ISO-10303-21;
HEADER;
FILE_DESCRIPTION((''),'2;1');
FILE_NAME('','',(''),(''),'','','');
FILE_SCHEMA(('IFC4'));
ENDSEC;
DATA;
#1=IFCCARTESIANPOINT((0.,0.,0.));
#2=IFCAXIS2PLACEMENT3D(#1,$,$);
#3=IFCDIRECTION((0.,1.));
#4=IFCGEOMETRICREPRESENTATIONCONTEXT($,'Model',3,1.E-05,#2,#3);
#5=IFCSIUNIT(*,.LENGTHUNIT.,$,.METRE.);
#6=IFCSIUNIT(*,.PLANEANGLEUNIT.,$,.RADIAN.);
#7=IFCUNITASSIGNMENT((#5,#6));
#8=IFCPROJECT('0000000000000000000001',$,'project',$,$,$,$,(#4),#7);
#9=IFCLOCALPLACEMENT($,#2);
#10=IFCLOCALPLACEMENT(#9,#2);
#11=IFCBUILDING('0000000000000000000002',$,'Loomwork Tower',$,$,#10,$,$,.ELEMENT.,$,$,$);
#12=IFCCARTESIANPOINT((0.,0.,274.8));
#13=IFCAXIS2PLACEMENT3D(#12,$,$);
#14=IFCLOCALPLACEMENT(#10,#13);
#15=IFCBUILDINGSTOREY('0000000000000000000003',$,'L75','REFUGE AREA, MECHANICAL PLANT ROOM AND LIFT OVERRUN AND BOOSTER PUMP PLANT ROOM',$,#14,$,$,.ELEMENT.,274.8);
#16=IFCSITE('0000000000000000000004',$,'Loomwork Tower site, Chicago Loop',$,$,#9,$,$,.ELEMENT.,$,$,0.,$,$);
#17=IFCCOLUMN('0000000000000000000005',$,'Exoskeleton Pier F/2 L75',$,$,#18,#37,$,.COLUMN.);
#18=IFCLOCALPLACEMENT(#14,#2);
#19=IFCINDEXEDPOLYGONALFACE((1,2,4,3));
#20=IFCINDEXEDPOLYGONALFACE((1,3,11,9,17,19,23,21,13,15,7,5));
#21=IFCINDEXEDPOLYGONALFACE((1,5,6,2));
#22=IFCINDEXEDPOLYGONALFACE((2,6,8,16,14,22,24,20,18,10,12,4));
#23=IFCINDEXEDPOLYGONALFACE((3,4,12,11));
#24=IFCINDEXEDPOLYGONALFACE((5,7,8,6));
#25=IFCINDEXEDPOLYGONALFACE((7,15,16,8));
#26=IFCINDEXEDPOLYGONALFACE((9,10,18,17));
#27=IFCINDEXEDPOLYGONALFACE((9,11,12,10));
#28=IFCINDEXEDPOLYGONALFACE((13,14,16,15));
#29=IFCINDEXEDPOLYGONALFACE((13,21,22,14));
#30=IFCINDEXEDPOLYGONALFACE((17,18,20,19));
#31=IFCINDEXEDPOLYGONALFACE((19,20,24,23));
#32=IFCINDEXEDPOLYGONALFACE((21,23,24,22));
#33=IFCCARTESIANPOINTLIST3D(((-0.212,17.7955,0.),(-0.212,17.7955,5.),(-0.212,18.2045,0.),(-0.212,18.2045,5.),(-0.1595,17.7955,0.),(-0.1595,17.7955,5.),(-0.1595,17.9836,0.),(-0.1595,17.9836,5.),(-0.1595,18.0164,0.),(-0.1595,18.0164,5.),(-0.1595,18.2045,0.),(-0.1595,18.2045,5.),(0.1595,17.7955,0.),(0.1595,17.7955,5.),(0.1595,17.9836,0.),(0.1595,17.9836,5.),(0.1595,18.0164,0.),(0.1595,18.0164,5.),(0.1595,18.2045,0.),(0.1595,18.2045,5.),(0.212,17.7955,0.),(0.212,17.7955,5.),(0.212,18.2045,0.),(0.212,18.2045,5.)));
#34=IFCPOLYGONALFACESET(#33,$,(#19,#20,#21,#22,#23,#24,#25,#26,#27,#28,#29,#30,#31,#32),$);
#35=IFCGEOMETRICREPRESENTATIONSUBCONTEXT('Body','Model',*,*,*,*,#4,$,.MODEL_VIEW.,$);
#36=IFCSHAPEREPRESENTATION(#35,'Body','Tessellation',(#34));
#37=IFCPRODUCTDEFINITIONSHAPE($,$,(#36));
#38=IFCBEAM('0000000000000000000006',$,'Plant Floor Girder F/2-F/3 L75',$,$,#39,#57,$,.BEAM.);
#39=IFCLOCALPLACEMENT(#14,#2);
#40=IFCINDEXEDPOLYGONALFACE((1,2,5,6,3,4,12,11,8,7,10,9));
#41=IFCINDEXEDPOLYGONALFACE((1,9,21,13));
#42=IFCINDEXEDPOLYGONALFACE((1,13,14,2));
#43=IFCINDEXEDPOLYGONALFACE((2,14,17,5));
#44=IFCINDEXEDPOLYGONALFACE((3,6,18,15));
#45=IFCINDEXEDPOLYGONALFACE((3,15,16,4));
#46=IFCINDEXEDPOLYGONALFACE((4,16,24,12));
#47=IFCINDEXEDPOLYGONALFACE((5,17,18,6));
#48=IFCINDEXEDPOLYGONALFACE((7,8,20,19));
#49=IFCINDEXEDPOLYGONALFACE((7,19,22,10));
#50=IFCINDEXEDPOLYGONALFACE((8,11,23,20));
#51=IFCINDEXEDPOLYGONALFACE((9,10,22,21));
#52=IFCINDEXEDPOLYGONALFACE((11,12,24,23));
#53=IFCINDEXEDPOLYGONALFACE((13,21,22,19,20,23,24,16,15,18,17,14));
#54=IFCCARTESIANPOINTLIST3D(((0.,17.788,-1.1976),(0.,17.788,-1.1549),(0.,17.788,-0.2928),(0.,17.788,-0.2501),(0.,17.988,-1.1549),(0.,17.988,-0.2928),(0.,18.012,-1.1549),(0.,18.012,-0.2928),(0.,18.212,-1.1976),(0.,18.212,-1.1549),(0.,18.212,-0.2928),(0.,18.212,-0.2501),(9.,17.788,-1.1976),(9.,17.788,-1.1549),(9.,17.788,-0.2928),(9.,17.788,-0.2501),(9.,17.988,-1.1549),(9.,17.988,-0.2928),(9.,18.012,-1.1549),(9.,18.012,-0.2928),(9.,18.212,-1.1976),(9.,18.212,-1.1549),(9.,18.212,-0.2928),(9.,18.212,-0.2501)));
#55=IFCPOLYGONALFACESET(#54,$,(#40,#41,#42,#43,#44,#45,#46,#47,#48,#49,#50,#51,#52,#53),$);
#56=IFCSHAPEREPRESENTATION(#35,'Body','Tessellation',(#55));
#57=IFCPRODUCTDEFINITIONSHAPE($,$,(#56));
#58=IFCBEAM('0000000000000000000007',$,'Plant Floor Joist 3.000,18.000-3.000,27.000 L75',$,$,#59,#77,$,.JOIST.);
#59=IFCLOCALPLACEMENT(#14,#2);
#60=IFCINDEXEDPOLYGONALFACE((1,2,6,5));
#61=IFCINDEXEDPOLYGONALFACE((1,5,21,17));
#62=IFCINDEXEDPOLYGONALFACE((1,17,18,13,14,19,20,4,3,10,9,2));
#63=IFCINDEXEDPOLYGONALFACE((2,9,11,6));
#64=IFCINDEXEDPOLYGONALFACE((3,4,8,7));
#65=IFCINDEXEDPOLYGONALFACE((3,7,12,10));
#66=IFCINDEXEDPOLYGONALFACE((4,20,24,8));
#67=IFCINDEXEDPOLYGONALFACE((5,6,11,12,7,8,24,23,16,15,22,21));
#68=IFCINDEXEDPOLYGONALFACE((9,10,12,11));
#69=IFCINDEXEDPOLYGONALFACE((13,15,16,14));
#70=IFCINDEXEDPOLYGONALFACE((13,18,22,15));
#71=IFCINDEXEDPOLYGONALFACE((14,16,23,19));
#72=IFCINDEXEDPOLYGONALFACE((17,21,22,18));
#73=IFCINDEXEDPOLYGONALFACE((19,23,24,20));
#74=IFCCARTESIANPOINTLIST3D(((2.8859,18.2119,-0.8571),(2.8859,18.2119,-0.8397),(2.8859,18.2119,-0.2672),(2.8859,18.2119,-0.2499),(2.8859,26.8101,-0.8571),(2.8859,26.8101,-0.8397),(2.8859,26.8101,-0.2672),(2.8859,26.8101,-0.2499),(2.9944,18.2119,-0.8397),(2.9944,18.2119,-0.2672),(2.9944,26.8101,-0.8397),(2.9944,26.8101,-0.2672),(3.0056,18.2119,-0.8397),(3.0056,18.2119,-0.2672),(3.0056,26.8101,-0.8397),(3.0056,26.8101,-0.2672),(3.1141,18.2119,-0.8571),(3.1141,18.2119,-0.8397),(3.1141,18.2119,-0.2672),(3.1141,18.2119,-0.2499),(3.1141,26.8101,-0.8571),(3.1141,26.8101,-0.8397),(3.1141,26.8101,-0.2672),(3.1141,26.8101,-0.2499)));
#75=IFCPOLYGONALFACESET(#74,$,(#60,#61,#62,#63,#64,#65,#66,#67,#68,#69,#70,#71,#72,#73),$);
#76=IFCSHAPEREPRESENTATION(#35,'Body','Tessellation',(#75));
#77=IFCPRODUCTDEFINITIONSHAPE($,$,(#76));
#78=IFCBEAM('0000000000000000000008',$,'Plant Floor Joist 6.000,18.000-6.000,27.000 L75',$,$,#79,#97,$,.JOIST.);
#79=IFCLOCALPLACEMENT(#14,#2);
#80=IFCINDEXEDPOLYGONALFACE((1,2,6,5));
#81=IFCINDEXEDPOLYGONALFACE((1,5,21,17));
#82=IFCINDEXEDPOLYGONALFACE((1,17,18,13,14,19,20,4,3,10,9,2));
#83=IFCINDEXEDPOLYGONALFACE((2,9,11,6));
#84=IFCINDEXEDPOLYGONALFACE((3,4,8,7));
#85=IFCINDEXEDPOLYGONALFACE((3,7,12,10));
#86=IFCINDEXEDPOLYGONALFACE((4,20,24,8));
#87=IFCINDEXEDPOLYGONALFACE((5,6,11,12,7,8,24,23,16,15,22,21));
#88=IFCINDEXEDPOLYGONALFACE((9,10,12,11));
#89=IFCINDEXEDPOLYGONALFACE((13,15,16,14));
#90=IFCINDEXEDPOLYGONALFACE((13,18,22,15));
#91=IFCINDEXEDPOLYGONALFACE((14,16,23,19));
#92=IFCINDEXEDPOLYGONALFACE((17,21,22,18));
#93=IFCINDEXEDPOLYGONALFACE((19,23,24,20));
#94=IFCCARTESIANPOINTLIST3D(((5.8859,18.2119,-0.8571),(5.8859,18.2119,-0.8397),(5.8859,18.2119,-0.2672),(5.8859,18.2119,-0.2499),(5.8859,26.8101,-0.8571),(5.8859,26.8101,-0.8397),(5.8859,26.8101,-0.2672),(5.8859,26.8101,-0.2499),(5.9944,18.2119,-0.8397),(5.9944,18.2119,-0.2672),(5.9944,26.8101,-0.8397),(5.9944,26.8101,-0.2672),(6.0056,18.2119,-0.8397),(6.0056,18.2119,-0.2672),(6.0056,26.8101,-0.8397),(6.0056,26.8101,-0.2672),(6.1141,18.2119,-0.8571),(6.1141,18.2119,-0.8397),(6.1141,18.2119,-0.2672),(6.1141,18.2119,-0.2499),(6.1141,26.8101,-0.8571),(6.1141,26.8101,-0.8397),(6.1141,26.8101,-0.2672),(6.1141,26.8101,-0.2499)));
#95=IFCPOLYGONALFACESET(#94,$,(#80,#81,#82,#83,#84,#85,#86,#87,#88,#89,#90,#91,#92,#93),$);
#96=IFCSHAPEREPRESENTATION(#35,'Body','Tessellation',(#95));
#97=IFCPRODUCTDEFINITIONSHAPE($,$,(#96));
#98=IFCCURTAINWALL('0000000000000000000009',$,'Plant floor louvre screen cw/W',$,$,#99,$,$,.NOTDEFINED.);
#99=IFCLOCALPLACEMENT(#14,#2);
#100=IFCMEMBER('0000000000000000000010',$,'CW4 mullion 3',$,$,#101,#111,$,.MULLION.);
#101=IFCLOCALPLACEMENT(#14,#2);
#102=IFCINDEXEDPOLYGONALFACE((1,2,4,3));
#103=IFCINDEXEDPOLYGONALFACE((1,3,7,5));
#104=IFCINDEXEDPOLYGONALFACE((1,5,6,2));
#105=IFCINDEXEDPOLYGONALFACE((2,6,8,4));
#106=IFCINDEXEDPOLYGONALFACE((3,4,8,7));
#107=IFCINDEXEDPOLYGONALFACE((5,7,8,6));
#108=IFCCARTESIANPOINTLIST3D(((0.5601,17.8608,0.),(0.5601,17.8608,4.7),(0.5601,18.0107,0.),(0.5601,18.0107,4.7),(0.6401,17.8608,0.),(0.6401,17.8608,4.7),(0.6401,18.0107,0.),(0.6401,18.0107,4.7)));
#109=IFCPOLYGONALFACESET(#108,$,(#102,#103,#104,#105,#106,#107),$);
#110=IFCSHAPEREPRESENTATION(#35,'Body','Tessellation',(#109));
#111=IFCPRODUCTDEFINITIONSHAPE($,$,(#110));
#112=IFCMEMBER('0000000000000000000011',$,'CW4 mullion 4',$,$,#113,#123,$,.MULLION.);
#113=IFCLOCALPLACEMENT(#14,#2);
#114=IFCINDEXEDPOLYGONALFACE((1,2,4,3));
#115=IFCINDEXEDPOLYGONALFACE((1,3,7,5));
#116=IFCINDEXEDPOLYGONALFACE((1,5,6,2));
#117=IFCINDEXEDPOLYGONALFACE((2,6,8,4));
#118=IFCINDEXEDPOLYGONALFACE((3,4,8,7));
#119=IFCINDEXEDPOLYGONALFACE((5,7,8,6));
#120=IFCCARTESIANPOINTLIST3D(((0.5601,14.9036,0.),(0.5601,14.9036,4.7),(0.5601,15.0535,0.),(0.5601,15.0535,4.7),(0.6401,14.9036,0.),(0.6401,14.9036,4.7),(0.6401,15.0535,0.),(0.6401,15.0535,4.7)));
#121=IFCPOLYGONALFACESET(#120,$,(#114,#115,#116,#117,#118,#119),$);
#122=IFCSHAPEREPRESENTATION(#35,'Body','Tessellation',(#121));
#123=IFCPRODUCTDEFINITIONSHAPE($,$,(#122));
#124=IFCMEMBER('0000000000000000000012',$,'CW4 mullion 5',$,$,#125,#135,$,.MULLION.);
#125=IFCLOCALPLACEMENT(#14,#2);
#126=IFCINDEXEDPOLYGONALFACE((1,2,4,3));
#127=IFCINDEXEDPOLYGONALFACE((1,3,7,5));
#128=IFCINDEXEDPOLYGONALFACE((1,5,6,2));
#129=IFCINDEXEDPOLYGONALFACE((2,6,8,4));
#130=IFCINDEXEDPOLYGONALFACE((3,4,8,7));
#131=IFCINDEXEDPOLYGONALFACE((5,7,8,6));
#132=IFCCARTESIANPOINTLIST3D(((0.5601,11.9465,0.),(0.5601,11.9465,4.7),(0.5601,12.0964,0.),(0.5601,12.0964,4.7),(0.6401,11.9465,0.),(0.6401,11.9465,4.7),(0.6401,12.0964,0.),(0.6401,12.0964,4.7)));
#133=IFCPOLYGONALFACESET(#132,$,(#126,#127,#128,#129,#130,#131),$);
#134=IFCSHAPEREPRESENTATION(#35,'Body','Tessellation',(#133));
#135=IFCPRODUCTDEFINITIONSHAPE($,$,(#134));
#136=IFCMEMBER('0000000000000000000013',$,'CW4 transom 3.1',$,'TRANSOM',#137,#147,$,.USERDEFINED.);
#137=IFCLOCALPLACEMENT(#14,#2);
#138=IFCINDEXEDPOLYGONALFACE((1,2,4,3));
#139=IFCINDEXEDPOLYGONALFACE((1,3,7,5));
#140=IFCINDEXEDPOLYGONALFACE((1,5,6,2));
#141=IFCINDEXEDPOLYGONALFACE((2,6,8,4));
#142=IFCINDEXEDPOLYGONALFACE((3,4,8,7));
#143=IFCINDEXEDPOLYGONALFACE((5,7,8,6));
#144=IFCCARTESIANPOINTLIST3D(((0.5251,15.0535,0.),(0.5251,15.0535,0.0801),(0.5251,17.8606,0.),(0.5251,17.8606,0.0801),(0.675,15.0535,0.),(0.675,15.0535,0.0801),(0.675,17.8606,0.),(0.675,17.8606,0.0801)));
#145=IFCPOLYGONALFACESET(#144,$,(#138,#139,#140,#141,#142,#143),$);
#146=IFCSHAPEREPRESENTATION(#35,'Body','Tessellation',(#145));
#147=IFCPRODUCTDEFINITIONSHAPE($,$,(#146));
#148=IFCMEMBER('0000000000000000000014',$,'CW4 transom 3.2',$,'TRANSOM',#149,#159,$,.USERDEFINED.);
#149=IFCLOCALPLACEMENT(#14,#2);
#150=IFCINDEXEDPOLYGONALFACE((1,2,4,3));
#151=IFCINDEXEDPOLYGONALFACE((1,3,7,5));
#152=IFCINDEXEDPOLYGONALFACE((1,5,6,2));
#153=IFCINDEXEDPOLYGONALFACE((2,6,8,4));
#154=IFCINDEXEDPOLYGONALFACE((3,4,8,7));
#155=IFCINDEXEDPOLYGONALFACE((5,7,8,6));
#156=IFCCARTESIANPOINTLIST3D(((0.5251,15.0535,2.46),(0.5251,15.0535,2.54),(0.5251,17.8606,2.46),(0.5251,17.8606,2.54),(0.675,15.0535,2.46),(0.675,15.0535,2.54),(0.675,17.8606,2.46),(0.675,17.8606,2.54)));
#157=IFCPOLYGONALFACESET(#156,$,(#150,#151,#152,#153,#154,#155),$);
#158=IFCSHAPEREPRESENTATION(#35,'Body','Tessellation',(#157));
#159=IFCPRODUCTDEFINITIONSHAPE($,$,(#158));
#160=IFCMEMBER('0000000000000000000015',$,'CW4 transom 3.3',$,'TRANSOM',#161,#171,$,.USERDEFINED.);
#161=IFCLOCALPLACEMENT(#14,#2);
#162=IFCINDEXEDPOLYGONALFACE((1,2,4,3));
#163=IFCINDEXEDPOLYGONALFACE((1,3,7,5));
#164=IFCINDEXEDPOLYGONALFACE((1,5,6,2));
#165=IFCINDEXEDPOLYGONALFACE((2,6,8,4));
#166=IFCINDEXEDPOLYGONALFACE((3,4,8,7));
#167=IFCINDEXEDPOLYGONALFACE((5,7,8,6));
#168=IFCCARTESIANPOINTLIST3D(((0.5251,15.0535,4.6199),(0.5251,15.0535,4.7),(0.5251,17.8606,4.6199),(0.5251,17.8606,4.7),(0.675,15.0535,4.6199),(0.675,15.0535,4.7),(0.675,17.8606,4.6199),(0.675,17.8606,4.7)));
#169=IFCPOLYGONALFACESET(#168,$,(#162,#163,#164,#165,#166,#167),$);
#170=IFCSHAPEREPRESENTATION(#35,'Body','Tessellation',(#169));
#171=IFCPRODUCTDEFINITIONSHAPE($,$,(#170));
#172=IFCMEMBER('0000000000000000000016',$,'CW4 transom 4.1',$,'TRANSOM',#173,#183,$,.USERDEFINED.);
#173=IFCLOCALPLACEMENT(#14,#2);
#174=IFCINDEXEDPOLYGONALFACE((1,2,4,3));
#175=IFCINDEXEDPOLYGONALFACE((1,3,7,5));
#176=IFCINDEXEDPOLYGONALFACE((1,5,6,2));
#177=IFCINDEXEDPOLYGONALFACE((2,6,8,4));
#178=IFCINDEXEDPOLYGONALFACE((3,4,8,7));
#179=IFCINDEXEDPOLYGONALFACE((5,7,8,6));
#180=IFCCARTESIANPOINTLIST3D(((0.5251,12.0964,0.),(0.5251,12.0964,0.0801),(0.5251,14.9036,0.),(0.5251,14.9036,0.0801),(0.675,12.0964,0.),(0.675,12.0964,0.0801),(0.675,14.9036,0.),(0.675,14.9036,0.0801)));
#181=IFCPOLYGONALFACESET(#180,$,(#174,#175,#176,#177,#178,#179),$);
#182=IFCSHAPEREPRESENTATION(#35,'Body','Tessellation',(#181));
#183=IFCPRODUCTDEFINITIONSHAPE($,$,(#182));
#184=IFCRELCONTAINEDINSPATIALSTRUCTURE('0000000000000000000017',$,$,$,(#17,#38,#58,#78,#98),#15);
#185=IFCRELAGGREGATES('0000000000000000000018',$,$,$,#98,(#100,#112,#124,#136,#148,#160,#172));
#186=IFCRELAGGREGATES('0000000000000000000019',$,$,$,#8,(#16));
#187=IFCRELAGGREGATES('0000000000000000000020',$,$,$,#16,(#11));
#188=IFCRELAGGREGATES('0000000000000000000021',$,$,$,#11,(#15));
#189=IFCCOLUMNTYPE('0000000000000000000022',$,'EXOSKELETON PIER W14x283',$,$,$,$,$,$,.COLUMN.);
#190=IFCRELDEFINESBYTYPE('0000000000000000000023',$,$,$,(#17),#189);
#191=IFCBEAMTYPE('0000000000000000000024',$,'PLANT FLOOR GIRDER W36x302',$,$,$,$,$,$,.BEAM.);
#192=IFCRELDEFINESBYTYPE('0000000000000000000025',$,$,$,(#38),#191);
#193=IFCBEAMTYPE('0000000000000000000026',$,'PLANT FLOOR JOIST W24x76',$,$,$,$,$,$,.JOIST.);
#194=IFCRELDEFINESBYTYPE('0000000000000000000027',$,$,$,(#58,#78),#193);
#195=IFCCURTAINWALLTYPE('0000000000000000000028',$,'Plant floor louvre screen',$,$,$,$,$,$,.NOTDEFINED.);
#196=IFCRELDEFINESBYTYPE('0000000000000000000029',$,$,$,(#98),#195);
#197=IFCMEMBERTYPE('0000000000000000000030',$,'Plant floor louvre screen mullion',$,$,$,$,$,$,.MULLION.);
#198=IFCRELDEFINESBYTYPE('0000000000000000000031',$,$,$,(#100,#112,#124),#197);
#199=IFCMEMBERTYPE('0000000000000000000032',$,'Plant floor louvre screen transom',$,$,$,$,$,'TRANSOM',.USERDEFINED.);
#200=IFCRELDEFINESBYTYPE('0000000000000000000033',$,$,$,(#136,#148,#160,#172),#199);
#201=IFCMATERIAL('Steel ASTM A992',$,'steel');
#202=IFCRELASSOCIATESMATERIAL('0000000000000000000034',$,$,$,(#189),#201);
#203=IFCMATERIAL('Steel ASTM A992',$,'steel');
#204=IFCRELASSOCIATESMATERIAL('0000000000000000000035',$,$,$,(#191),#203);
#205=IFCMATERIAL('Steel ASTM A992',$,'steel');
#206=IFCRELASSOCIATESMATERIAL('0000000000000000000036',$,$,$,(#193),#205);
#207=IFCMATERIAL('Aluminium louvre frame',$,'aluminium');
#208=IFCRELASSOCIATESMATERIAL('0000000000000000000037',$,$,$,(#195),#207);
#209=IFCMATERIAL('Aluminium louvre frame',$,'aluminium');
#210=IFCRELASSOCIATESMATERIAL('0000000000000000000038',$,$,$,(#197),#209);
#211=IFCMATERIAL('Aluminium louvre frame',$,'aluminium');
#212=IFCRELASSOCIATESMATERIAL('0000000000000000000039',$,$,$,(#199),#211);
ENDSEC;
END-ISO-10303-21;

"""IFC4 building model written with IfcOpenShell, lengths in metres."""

from ifc_helpers import new_model, si_unit, direction, frame, origin, origin_2d, place, context, subcontext, project, spatial, rectangle, i_section, extrude, material, material_profile, profile_set, type_object, element, aggregate, save


model = new_model("IFC4")

# Units and contexts
model_context = context("Model", 3, precision=1e-05, world=origin(), true_north=direction((0.0, 1.0)))
body_context = subcontext(model_context, "Body", "Model", "MODEL_VIEW")
ifc_project = project(units=[si_unit("LENGTHUNIT", "METRE"), si_unit("PLANEANGLEUNIT", "RADIAN")], contexts=[model_context])

# Site, building, storey
site_placement = place(None, origin())
site = spatial("IfcSite", under=ifc_project, at=site_placement, Name="Loomwork Tower site, Chicago Loop", CompositionType="ELEMENT", RefElevation=0.0)
building_placement = place(site_placement, origin())
building = spatial("IfcBuilding", under=site, at=building_placement, Name="Loomwork Tower", CompositionType="ELEMENT")
storey_placement = place(building_placement, frame((0.0, 0.0, 274.8)))
storey = spatial("IfcBuildingStorey", under=building, at=storey_placement, Name="L75", Description="REFUGE AREA, MECHANICAL PLANT ROOM AND LIFT OVERRUN AND BOOSTER PUMP PLANT ROOM", CompositionType="ELEMENT", Elevation=274.8)

# Column
ifc_material_1 = material(Name="Steel ASTM A992", Category="steel")
ifc_material_profile_1 = material_profile(ifc_material_1, i_section(OverallWidth=0.4089, OverallDepth=0.4241, WebThickness=0.0327, FlangeThickness=0.0525, at=origin_2d()), Name="W14x283")
ifc_profile_set_1 = profile_set([ifc_material_profile_1], Name="Steel ASTM A992")
column_type = type_object("IfcColumnType", Name="EXOSKELETON PIER W14x283", PredefinedType="COLUMN", material=ifc_profile_set_1)
column_placement = place(storey_placement, frame((0.0, 18.0, 0.0), z_axis=(0.0, 0.0, 1.0), x_axis=(0.0, 1.0, 0.0)))
element("IfcColumn", 1, at=column_placement, inside=storey, type_object=column_type, Name="Exoskeleton Pier F/2 L75", PredefinedType="COLUMN", context=body_context, shape_type="SweptSolid", body=[
    extrude(i_section(OverallWidth=0.4089, OverallDepth=0.4241, WebThickness=0.0327, FlangeThickness=0.0525, at=origin_2d()), origin(), (0.0, 0.0, 1.0), 5.0),
])

# Beams
ifc_material_2 = material(Name="Steel ASTM A992", Category="steel")
ifc_material_profile_2 = material_profile(ifc_material_2, i_section(OverallWidth=0.4241, OverallDepth=0.9475, WebThickness=0.0239, FlangeThickness=0.0427, at=origin_2d()), Name="W36x302")
ifc_profile_set_2 = profile_set([ifc_material_profile_2], Name="Steel ASTM A992")
beam_type_1 = type_object("IfcBeamType", Name="PLANT FLOOR GIRDER W36x302", PredefinedType="BEAM", material=ifc_profile_set_2)
beam_1_placement = place(storey_placement, frame((0.0, 18.0, -0.7239), z_axis=(1.0, 0.0, 0.0), x_axis=(0.0, 1.0, 0.0)))
element("IfcBeam", 2, at=beam_1_placement, inside=storey, type_object=beam_type_1, Name="Plant Floor Girder F/2-F/3 L75", PredefinedType="BEAM", context=body_context, shape_type="SweptSolid", body=[
    extrude(i_section(OverallWidth=0.4241, OverallDepth=0.9475, WebThickness=0.0239, FlangeThickness=0.0427, at=origin_2d()), origin(), (0.0, 0.0, 1.0), 9.0),
])
ifc_material_3 = material(Name="Steel ASTM A992", Category="steel")
ifc_material_profile_3 = material_profile(ifc_material_3, i_section(OverallWidth=0.2283, OverallDepth=0.6072, WebThickness=0.0112, FlangeThickness=0.0173, at=origin_2d()), Name="W24x76")
ifc_profile_set_3 = profile_set([ifc_material_profile_3], Name="Steel ASTM A992")
beam_type_2 = type_object("IfcBeamType", Name="PLANT FLOOR JOIST W24x76", PredefinedType="JOIST", material=ifc_profile_set_3)
for number, where, z_axis, x_axis, name in (
    (3, (3.0, 18.2119, -0.5535), (0.0, 1.0, 0.0), (-1.0, 0.0, 0.0), "Plant Floor Joist 3.000,18.000-3.000,27.000 L75"),
    (4, (6.0, 18.2119, -0.5535), (0.0, 1.0, 0.0), (-1.0, 0.0, 0.0), "Plant Floor Joist 6.000,18.000-6.000,27.000 L75"),
):
    element("IfcBeam", number, at=place(storey_placement, frame(where, z_axis=z_axis, x_axis=x_axis)), inside=storey, type_object=beam_type_2, Name=name, PredefinedType="JOIST", context=body_context, shape_type="SweptSolid", body=[
        extrude(i_section(OverallWidth=0.2283, OverallDepth=0.6072, WebThickness=0.0112, FlangeThickness=0.0173, at=origin_2d()), origin(), (0.0, 0.0, 1.0), 8.5981),
    ])

# Curtain wall, members
ifc_material_4 = material(Name="Aluminium louvre frame", Category="aluminium")
curtain_wall_type = type_object("IfcCurtainWallType", Name="Plant floor louvre screen", PredefinedType="NOTDEFINED", material=ifc_material_4)
curtain_wall_placement = place(storey_placement, origin())
curtain_wall = element("IfcCurtainWall", 5, at=curtain_wall_placement, inside=storey, type_object=curtain_wall_type, Name="Plant floor louvre screen cw/W", PredefinedType="NOTDEFINED")
ifc_material_5 = material(Name="Aluminium louvre frame", Category="aluminium")
ifc_material_profile_4 = material_profile(ifc_material_5, rectangle(XDim=0.0801, YDim=0.1499, at=origin_2d()), Name="AL 80x150")
ifc_profile_set_4 = profile_set([ifc_material_profile_4], Name="Aluminium louvre frame")
member_type_1 = type_object("IfcMemberType", Name="Plant floor louvre screen mullion", PredefinedType="MULLION", material=ifc_profile_set_4)
member_1_placement = place(storey_placement, frame((0.6001, 17.9358, 0.0), z_axis=(0.0, 0.0, 1.0), x_axis=(1.0, 0.0, 0.0)))
member_1 = element("IfcMember", 6, at=member_1_placement, type_object=member_type_1, Name="CW4 mullion 3", PredefinedType="MULLION", context=body_context, shape_type="SweptSolid", body=[
    extrude(rectangle(XDim=0.0801, YDim=0.1499, at=origin_2d()), origin(), (0.0, 0.0, 1.0), 4.7),
])
member_2_placement = place(storey_placement, frame((0.6001, 14.9785, 0.0), z_axis=(0.0, 0.0, 1.0), x_axis=(1.0, 0.0, 0.0)))
member_2 = element("IfcMember", 7, at=member_2_placement, type_object=member_type_1, Name="CW4 mullion 4", PredefinedType="MULLION", context=body_context, shape_type="SweptSolid", body=[
    extrude(rectangle(XDim=0.0801, YDim=0.1499, at=origin_2d()), origin(), (0.0, 0.0, 1.0), 4.7),
])
member_3_placement = place(storey_placement, frame((0.6001, 12.0215, 0.0), z_axis=(0.0, 0.0, 1.0), x_axis=(1.0, 0.0, 0.0)))
member_3 = element("IfcMember", 8, at=member_3_placement, type_object=member_type_1, Name="CW4 mullion 5", PredefinedType="MULLION", context=body_context, shape_type="SweptSolid", body=[
    extrude(rectangle(XDim=0.0801, YDim=0.1499, at=origin_2d()), origin(), (0.0, 0.0, 1.0), 4.7),
])
ifc_material_6 = material(Name="Aluminium louvre frame", Category="aluminium")
ifc_material_profile_5 = material_profile(ifc_material_6, rectangle(XDim=0.1499, YDim=0.0801, at=origin_2d()), Name="AL 80x150")
ifc_profile_set_5 = profile_set([ifc_material_profile_5], Name="Aluminium louvre frame")
member_type_2 = type_object("IfcMemberType", Name="Plant floor louvre screen transom", ElementType="TRANSOM", PredefinedType="USERDEFINED", material=ifc_profile_set_5)
member_4_placement = place(storey_placement, frame((0.6001, 17.8606, 0.04), z_axis=(0.0, -1.0, 0.0), x_axis=(1.0, 0.0, 0.0)))
member_4 = element("IfcMember", 9, at=member_4_placement, type_object=member_type_2, Name="CW4 transom 3.1", ObjectType="TRANSOM", PredefinedType="USERDEFINED", context=body_context, shape_type="SweptSolid", body=[
    extrude(rectangle(XDim=0.1499, YDim=0.0801, at=origin_2d()), origin(), (0.0, 0.0, 1.0), 2.8071),
])
member_5_placement = place(storey_placement, frame((0.6001, 17.8606, 2.5), z_axis=(0.0, -1.0, 0.0), x_axis=(1.0, 0.0, 0.0)))
member_5 = element("IfcMember", 10, at=member_5_placement, type_object=member_type_2, Name="CW4 transom 3.2", ObjectType="TRANSOM", PredefinedType="USERDEFINED", context=body_context, shape_type="SweptSolid", body=[
    extrude(rectangle(XDim=0.1499, YDim=0.0801, at=origin_2d()), origin(), (0.0, 0.0, 1.0), 2.8071),
])
member_6_placement = place(storey_placement, frame((0.6001, 17.8606, 4.6599), z_axis=(0.0, -1.0, 0.0), x_axis=(1.0, 0.0, 0.0)))
member_6 = element("IfcMember", 11, at=member_6_placement, type_object=member_type_2, Name="CW4 transom 3.3", ObjectType="TRANSOM", PredefinedType="USERDEFINED", context=body_context, shape_type="SweptSolid", body=[
    extrude(rectangle(XDim=0.1499, YDim=0.0801, at=origin_2d()), origin(), (0.0, 0.0, 1.0), 2.8071),
])
member_7_placement = place(storey_placement, frame((0.6001, 14.9036, 0.04), z_axis=(0.0, -1.0, 0.0), x_axis=(1.0, 0.0, 0.0)))
member_7 = element("IfcMember", 12, at=member_7_placement, type_object=member_type_2, Name="CW4 transom 4.1", ObjectType="TRANSOM", PredefinedType="USERDEFINED", context=body_context, shape_type="SweptSolid", body=[
    extrude(rectangle(XDim=0.1499, YDim=0.0801, at=origin_2d()), origin(), (0.0, 0.0, 1.0), 2.8071),
])

aggregate(curtain_wall, [member_1, member_2, member_3, member_4, member_5, member_6, member_7])

save(model, "model.ifc")
